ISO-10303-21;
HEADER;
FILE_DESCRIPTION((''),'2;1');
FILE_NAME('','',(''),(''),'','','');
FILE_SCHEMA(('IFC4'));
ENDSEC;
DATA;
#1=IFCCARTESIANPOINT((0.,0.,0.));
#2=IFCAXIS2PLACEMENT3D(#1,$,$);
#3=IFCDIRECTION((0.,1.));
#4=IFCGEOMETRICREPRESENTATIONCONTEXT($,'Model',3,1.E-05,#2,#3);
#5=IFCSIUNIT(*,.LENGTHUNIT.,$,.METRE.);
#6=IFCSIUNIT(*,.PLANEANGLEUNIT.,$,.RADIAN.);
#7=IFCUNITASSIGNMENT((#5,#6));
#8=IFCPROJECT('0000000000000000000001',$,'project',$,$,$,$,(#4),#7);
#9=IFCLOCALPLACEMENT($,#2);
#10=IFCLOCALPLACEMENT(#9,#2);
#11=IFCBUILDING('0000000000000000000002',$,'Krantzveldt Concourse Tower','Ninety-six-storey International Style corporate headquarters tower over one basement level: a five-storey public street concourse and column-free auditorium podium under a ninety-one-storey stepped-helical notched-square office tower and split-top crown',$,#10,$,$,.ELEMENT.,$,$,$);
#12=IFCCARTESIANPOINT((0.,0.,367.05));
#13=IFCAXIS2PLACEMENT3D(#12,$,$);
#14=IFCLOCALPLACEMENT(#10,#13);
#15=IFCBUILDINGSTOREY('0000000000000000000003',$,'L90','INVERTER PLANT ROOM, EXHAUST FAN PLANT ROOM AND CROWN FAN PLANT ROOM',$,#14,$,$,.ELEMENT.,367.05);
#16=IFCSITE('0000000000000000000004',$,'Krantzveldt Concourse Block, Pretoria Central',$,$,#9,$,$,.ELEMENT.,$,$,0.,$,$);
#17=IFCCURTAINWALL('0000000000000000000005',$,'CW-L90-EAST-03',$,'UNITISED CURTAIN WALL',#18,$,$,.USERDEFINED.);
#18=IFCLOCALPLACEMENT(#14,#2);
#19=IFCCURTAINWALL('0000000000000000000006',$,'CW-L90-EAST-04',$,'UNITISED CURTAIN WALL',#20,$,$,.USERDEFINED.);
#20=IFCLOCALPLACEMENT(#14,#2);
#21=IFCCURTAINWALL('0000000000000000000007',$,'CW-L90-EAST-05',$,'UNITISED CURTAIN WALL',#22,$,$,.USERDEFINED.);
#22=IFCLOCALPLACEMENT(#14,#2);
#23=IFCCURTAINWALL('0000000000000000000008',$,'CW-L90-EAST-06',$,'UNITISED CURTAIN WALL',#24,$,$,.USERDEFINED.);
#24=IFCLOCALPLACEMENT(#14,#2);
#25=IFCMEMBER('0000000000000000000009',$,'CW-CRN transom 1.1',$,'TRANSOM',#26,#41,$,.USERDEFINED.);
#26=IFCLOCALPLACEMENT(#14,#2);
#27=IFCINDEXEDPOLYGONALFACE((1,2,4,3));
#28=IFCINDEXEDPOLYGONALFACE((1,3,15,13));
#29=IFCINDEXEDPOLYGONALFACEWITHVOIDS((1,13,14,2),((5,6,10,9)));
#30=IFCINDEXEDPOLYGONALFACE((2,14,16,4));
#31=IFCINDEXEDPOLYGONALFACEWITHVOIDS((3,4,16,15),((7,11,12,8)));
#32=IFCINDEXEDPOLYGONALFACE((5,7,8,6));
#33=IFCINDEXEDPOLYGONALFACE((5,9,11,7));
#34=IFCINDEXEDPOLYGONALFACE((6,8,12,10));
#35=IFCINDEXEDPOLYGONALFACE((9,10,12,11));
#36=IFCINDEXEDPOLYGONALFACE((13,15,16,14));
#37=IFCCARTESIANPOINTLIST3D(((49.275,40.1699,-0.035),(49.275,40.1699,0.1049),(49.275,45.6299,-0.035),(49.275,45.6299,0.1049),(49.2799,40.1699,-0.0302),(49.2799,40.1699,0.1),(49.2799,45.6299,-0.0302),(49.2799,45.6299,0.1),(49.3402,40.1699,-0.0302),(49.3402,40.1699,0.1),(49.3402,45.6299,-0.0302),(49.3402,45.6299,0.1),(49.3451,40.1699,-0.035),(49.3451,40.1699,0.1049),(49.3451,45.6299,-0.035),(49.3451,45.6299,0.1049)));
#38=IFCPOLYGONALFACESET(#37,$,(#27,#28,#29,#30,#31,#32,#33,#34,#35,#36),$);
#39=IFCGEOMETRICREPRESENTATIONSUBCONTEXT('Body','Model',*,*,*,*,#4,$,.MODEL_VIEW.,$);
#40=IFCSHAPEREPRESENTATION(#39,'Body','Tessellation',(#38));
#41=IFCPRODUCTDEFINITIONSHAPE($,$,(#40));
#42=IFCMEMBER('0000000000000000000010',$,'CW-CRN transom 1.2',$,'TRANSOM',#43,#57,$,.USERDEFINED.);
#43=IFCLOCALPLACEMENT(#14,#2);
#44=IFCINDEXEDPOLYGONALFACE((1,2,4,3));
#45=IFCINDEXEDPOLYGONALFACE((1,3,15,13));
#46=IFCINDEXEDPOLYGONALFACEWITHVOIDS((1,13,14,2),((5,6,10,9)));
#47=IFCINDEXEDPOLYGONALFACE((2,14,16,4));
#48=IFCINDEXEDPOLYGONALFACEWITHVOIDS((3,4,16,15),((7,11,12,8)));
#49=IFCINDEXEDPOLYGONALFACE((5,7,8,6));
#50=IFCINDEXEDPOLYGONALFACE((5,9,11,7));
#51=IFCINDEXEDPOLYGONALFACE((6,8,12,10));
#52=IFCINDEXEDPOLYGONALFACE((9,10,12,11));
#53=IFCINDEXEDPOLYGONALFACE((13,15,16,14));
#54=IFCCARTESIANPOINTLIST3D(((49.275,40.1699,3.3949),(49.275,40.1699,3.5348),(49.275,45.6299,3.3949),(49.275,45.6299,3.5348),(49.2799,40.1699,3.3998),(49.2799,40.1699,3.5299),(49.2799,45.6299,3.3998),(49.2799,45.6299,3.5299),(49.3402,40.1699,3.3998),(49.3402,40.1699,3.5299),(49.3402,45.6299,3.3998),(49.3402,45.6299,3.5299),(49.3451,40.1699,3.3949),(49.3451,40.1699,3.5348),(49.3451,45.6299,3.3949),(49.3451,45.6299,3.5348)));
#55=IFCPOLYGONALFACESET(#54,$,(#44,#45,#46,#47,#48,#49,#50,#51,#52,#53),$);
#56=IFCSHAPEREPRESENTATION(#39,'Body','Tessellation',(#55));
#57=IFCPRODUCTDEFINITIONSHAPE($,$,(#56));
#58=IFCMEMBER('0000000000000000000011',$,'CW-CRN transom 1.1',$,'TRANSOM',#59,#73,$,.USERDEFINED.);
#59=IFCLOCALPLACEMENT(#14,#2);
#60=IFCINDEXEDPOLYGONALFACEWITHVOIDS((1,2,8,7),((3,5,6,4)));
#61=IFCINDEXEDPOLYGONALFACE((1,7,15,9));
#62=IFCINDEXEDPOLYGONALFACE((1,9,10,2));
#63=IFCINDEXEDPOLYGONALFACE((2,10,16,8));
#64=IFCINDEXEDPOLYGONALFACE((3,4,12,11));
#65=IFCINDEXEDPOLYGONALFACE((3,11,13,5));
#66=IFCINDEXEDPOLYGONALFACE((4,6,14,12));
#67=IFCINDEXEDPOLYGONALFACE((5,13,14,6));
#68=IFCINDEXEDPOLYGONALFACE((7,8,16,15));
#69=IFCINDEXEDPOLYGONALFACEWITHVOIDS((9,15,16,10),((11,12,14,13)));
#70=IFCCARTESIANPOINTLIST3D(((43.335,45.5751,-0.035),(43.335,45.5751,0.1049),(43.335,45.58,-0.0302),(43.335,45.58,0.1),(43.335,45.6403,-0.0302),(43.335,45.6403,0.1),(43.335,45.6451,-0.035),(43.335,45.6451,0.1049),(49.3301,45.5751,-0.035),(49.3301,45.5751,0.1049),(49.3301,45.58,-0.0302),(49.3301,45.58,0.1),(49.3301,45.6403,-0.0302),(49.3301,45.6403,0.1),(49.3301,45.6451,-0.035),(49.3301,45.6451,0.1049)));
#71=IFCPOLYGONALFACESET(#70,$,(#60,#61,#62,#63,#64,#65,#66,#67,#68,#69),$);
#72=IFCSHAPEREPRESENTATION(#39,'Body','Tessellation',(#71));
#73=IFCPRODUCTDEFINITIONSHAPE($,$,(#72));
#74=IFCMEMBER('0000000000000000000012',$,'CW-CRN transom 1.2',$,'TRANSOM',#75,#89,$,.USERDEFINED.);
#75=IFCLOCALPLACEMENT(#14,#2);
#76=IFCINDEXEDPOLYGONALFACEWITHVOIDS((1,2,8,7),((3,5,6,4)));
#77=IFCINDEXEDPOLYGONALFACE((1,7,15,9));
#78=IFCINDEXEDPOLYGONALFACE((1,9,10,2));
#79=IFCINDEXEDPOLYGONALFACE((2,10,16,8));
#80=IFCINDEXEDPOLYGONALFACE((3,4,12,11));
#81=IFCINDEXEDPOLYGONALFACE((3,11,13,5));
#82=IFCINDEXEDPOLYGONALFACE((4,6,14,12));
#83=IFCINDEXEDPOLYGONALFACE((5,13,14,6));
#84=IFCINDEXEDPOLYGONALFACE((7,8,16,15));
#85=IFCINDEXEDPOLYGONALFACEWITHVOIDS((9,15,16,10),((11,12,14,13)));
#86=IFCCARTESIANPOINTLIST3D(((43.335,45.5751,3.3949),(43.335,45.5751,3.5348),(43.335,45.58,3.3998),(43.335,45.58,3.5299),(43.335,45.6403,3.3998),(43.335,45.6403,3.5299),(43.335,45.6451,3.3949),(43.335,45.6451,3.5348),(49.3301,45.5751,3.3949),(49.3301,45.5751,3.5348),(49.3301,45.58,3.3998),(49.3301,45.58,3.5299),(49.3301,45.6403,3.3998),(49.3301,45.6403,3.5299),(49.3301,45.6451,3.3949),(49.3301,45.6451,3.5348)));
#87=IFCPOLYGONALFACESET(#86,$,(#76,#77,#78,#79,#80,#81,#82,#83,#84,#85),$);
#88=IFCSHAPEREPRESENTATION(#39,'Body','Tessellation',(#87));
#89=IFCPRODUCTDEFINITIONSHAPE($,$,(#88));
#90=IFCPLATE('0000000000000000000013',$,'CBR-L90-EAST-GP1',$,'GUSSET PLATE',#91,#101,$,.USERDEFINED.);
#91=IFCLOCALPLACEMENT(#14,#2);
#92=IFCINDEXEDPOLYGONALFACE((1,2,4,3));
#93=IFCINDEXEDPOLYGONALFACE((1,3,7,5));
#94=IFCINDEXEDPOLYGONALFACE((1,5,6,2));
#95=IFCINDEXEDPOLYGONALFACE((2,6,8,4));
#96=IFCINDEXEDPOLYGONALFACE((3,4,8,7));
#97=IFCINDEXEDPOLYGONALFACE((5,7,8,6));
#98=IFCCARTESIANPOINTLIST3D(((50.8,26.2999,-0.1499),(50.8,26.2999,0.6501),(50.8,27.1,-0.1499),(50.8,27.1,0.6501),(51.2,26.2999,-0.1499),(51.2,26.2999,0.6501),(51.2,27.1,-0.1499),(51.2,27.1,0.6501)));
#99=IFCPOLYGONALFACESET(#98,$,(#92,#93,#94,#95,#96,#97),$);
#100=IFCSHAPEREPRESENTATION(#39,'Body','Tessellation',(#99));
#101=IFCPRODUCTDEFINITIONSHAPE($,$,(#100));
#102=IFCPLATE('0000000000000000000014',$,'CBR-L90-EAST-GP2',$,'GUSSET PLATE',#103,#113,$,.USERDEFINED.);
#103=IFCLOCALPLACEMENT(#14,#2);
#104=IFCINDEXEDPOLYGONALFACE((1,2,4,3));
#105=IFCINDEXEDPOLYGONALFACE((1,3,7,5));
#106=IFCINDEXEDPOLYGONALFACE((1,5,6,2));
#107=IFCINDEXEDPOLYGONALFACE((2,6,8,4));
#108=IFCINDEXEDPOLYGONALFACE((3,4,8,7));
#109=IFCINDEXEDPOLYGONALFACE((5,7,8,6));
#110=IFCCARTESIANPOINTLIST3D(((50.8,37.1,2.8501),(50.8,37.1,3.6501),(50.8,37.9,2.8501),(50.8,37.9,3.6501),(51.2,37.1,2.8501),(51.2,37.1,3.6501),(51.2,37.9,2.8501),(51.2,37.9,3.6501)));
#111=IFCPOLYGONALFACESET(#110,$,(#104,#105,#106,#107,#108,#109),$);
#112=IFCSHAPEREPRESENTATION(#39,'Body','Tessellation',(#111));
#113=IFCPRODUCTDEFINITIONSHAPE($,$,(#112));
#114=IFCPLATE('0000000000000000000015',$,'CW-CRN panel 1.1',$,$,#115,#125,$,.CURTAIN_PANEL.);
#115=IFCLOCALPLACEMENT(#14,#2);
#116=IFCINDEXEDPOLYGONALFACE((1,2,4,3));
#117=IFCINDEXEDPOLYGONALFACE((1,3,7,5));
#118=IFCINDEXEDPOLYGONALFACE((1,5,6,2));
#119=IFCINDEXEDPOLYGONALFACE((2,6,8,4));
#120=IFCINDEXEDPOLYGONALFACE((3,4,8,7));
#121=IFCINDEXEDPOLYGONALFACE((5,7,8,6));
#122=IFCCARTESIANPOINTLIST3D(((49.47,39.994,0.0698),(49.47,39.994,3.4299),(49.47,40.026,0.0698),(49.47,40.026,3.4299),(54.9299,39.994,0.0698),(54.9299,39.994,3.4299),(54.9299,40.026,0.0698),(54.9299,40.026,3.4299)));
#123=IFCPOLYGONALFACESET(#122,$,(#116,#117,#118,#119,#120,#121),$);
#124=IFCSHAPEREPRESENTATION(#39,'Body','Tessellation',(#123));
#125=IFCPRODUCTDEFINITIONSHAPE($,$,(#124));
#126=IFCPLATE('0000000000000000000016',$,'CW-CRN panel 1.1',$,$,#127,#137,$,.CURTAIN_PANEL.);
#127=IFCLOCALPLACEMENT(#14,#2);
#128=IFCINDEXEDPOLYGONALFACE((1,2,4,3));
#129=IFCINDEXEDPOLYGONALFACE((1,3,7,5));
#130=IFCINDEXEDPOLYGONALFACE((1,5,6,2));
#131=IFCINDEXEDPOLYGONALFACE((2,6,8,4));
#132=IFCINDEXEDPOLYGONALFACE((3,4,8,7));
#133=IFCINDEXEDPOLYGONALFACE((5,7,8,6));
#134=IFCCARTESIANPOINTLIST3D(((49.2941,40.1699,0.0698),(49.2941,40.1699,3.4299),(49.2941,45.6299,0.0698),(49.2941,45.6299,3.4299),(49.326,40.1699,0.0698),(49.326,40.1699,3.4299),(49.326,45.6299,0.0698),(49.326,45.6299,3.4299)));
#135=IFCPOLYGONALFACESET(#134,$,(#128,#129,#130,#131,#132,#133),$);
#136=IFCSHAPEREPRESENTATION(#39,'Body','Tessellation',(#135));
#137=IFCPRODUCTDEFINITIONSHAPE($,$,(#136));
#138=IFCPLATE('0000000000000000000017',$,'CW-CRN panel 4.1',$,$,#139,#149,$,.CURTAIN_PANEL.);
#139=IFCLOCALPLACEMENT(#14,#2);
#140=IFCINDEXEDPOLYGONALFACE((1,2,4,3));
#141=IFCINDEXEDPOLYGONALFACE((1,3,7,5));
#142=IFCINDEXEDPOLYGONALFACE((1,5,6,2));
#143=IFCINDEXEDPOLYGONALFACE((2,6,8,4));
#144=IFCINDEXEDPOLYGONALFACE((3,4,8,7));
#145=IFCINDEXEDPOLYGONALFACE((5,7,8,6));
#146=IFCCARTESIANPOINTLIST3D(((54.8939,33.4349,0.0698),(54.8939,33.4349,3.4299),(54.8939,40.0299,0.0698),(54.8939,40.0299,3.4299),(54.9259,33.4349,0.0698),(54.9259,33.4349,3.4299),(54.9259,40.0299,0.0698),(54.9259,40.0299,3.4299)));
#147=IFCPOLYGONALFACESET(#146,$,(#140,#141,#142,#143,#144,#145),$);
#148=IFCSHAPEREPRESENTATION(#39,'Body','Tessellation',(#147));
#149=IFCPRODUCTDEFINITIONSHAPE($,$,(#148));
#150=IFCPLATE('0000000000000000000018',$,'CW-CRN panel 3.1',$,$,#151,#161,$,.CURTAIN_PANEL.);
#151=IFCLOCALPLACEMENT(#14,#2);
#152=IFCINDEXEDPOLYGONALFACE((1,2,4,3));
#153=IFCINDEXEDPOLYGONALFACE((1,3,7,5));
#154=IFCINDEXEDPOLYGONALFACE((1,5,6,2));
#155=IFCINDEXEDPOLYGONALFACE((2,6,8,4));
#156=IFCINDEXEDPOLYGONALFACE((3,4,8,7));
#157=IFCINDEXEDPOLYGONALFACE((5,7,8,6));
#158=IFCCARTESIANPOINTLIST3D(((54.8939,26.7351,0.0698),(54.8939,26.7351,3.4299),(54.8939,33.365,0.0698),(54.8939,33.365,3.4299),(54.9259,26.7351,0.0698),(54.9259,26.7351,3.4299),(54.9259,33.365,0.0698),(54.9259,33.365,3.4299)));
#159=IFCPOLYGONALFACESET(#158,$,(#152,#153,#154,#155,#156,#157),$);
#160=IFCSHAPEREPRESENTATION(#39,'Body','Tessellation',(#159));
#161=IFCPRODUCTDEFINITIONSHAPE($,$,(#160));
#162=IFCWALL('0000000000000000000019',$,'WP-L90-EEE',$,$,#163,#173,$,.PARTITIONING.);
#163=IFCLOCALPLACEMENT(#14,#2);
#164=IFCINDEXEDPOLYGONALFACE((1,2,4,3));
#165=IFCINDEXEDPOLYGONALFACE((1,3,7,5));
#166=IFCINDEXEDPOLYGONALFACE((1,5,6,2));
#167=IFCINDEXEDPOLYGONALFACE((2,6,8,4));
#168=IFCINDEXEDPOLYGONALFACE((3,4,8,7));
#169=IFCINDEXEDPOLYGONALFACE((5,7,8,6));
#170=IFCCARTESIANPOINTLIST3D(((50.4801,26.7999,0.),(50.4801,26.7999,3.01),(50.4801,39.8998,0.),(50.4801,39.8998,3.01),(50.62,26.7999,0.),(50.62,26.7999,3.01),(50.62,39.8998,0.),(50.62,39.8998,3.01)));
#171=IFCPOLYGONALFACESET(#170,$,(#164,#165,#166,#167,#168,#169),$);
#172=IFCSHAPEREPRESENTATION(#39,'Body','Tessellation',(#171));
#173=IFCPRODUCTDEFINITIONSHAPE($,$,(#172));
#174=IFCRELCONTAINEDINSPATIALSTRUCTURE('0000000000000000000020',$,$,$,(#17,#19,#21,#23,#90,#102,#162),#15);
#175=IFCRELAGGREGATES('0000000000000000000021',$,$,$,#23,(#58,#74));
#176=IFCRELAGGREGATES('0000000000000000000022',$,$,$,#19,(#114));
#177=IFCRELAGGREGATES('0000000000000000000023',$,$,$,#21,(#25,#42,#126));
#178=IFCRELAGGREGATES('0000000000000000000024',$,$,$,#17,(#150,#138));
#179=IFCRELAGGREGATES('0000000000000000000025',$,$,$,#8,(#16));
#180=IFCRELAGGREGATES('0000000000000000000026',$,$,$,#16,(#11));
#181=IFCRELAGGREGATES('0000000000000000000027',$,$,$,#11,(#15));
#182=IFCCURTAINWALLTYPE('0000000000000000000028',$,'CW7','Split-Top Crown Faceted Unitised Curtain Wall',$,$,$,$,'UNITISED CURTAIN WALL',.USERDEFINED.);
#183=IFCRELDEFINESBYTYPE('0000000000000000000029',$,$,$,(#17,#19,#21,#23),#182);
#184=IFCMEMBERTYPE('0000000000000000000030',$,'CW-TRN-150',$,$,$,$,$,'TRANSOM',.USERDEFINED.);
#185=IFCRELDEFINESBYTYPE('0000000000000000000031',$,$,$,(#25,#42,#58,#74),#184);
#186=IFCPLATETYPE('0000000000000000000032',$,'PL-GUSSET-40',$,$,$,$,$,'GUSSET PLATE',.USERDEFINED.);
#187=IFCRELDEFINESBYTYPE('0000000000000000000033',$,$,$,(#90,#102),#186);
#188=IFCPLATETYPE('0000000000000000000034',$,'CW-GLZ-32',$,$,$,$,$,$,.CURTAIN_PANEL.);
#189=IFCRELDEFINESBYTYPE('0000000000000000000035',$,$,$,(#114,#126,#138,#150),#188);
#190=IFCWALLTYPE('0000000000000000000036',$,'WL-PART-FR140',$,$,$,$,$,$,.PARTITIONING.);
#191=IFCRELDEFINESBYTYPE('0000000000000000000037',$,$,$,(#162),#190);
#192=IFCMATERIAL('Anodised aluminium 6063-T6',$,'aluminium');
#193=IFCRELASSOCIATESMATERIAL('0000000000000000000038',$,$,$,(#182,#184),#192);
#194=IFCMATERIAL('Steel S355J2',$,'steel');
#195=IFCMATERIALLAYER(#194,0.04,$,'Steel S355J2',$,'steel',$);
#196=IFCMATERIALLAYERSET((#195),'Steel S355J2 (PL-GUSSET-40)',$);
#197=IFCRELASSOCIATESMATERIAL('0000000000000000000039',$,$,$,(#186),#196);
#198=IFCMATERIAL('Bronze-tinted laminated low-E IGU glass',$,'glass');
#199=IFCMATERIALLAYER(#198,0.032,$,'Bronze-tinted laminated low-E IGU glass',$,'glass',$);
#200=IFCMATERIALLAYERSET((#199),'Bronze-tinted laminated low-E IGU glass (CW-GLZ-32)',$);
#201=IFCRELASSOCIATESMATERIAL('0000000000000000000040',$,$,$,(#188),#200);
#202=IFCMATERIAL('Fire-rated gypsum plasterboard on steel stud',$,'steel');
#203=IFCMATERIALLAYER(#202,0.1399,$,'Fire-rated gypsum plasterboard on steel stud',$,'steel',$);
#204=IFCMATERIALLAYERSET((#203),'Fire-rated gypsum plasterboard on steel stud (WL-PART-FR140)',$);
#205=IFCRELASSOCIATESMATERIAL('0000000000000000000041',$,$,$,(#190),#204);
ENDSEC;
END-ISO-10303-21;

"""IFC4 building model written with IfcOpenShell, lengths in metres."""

from ifc_helpers import new_model, si_unit, direction, frame, frame_2d, origin, origin_2d, place, context, subcontext, project, spatial, rectangle, hollow_rectangle, extrude, source, transform, mapped, material, layer, layer_set, material_profile, profile_set, type_object, type_shapes, element, aggregate, save


model = new_model("IFC4")

# Units and contexts
model_context = context("Model", 3, precision=1e-05, world=origin(), true_north=direction((0.0, 1.0)))
body_context = subcontext(model_context, "Body", "Model", "MODEL_VIEW")
ifc_project = project(units=[si_unit("LENGTHUNIT", "METRE"), si_unit("PLANEANGLEUNIT", "RADIAN")], contexts=[model_context])

# Site, building, storey
site_placement = place(None, origin())
site = spatial("IfcSite", under=ifc_project, at=site_placement, Name="Krantzveldt Concourse Block, Pretoria Central", CompositionType="ELEMENT", RefElevation=0.0)
building_placement = place(site_placement, origin())
building = spatial("IfcBuilding", under=site, at=building_placement, Name="Krantzveldt Concourse Tower", Description="Ninety-six-storey International Style corporate headquarters tower over one basement level: a five-storey public street concourse and column-free auditorium podium under a ninety-one-storey stepped-helical notched-square office tower and split-top crown", CompositionType="ELEMENT")
storey_placement = place(building_placement, frame((0.0, 0.0, 367.05)))
storey = spatial("IfcBuildingStorey", under=building, at=storey_placement, Name="L90", Description="INVERTER PLANT ROOM, EXHAUST FAN PLANT ROOM AND CROWN FAN PLANT ROOM", CompositionType="ELEMENT", Elevation=367.05)

# Shared definitions
ifc_material_1 = material(Name="Steel S355J2", Category="steel")

# Curtain walls
ifc_material_2 = material(Name="Anodised aluminium 6063-T6", Category="aluminium")
curtain_wall_type = type_object("IfcCurtainWallType", Name="CW7", Description="Split-Top Crown Faceted Unitised Curtain Wall", ElementType="UNITISED CURTAIN WALL", PredefinedType="USERDEFINED", material=ifc_material_2)
curtain_wall_1_placement = place(storey_placement, origin())
curtain_wall_1 = element("IfcCurtainWall", 1, at=curtain_wall_1_placement, inside=storey, type_object=curtain_wall_type, Name="CW-L90-EAST-03", ObjectType="UNITISED CURTAIN WALL", PredefinedType="USERDEFINED")
ifc_material_profile_1 = material_profile(ifc_material_2, hollow_rectangle(XDim=0.0701, YDim=0.1399, WallThickness=0.0049, at=origin_2d()), Name="Anodised aluminium 6063-T6", Category="aluminium")
ifc_profile_set_1 = profile_set([ifc_material_profile_1], Name="Anodised aluminium 6063-T6 - ALU-TRAN 140x70x5")
member_type_1 = type_object("IfcMemberType", Name="CW-TRN-150", ElementType="TRANSOM", PredefinedType="USERDEFINED", material=ifc_profile_set_1)
curtain_wall_2_placement = place(storey_placement, origin())
curtain_wall_2 = element("IfcCurtainWall", 2, at=curtain_wall_2_placement, inside=storey, type_object=curtain_wall_type, Name="CW-L90-EAST-04", ObjectType="UNITISED CURTAIN WALL", PredefinedType="USERDEFINED")
curtain_wall_3_placement = place(storey_placement, origin())
curtain_wall_3 = element("IfcCurtainWall", 3, at=curtain_wall_3_placement, inside=storey, type_object=curtain_wall_type, Name="CW-L90-EAST-05", ObjectType="UNITISED CURTAIN WALL", PredefinedType="USERDEFINED")

# Curtain wall
curtain_wall_4_placement = place(storey_placement, origin())
curtain_wall_4 = element("IfcCurtainWall", 4, at=curtain_wall_4_placement, inside=storey, type_object=curtain_wall_type, Name="CW-L90-EAST-06", ObjectType="UNITISED CURTAIN WALL", PredefinedType="USERDEFINED")

# Members
shared_shape_1 = source(origin(), body_context, "Body", "SweptSolid", [
    extrude(hollow_rectangle(XDim=0.0701, YDim=0.1399, WallThickness=0.0049, at=origin_2d()), origin(), (0.0, 0.0, 1.0), 5.46),
])
member_1_placement = place(storey_placement, frame((49.3101, 40.1699, 0.0349), z_axis=(0.0, 1.0, 0.0), x_axis=(-1.0, 0.0, 0.0)))
member_1 = element("IfcMember", 5, at=member_1_placement, type_object=member_type_1, Name="CW-CRN transom 1.1", ObjectType="TRANSOM", PredefinedType="USERDEFINED", context=body_context, shape_type="MappedRepresentation", body=[
    mapped(shared_shape_1, transform((0.0, 0.0, 0.0), x_axis=(1.0, 0.0, 0.0), y_axis=(0.0, 1.0, 0.0), z_axis=(0.0, 0.0, 1.0), scale=1.0)),
])
member_2_placement = place(storey_placement, frame((49.3101, 40.1699, 3.4648), z_axis=(0.0, 1.0, 0.0), x_axis=(-1.0, 0.0, 0.0)))
member_2 = element("IfcMember", 6, at=member_2_placement, type_object=member_type_1, Name="CW-CRN transom 1.2", ObjectType="TRANSOM", PredefinedType="USERDEFINED", context=body_context, shape_type="MappedRepresentation", body=[
    mapped(shared_shape_1, transform((0.0, 0.0, 0.0), x_axis=(1.0, 0.0, 0.0), y_axis=(0.0, 1.0, 0.0), z_axis=(0.0, 0.0, 1.0), scale=1.0)),
])
shared_shape_2 = source(origin(), body_context, "Body", "SweptSolid", [
    extrude(hollow_rectangle(XDim=0.0701, YDim=0.1399, WallThickness=0.0049, at=origin_2d()), origin(), (0.0, 0.0, 1.0), 5.9951),
])
member_3_placement = place(storey_placement, frame((49.3301, 45.6101, 0.0349), z_axis=(-1.0, 0.0, 0.0), x_axis=(0.0, -1.0, 0.0)))
member_3 = element("IfcMember", 7, at=member_3_placement, type_object=member_type_1, Name="CW-CRN transom 1.1", ObjectType="TRANSOM", PredefinedType="USERDEFINED", context=body_context, shape_type="MappedRepresentation", body=[
    mapped(shared_shape_2, transform((0.0, 0.0, 0.0), x_axis=(1.0, 0.0, 0.0), y_axis=(0.0, 1.0, 0.0), z_axis=(0.0, 0.0, 1.0), scale=1.0)),
])
member_4_placement = place(storey_placement, frame((49.3301, 45.6101, 3.4648), z_axis=(-1.0, 0.0, 0.0), x_axis=(0.0, -1.0, 0.0)))
member_4 = element("IfcMember", 8, at=member_4_placement, type_object=member_type_1, Name="CW-CRN transom 1.2", ObjectType="TRANSOM", PredefinedType="USERDEFINED", context=body_context, shape_type="MappedRepresentation", body=[
    mapped(shared_shape_2, transform((0.0, 0.0, 0.0), x_axis=(1.0, 0.0, 0.0), y_axis=(0.0, 1.0, 0.0), z_axis=(0.0, 0.0, 1.0), scale=1.0)),
])
aggregate(curtain_wall_4, [member_3, member_4])

# Plates
ifc_layer_1 = layer(ifc_material_1, 0.04, Name="Steel S355J2", Category="steel")
ifc_layer_set_1 = layer_set([ifc_layer_1], Name="Steel S355J2 (PL-GUSSET-40)")
plate_type_1 = type_object("IfcPlateType", Name="PL-GUSSET-40", ElementType="GUSSET PLATE", PredefinedType="USERDEFINED", material=ifc_layer_set_1)
shared_shape_3 = source(origin(), body_context, "Body", "SweptSolid", [
    extrude(rectangle(XDim=0.3999, YDim=0.8, at=origin_2d()), origin(), (0.0, 0.0, 1.0), 0.8),
])
type_shapes(plate_type_1, [shared_shape_3])
for number, where, z_axis, x_axis, name in (
    (9, (51.0, 26.7, -0.1499), (0.0, 0.0, 1.0), (1.0, 0.0, 0.0), "CBR-L90-EAST-GP1"),
    (10, (51.0, 37.5, 2.8501), (0.0, 0.0, 1.0), (1.0, 0.0, 0.0), "CBR-L90-EAST-GP2"),
):
    element("IfcPlate", number, at=place(storey_placement, frame(where, z_axis=z_axis, x_axis=x_axis)), inside=storey, type_object=plate_type_1, Name=name, ObjectType="GUSSET PLATE", PredefinedType="USERDEFINED", context=body_context, shape_type="MappedRepresentation", body=[
        mapped(shared_shape_3, transform((0.0, 0.0, 0.0), x_axis=(1.0, 0.0, 0.0), y_axis=(0.0, 1.0, 0.0), z_axis=(0.0, 0.0, 1.0), scale=1.0)),
    ])

# Plates
ifc_material_3 = material(Name="Bronze-tinted laminated low-E IGU glass", Category="glass")
ifc_layer_2 = layer(ifc_material_3, 0.032, Name="Bronze-tinted laminated low-E IGU glass", Category="glass")
ifc_layer_set_2 = layer_set([ifc_layer_2], Name="Bronze-tinted laminated low-E IGU glass (CW-GLZ-32)")
plate_type_2 = type_object("IfcPlateType", Name="CW-GLZ-32", PredefinedType="CURTAIN_PANEL", material=ifc_layer_set_2)
shared_shape_4 = source(origin(), body_context, "Body", "SweptSolid", [
    extrude(rectangle(XDim=5.46, YDim=0.032, at=origin_2d()), origin(), (0.0, 0.0, 1.0), 3.3601),
])
plate_1_placement = place(storey_placement, frame((52.2, 40.01, 0.0698), z_axis=(0.0, 0.0, 1.0), x_axis=(-1.0, 0.0, 0.0)))
plate_1 = element("IfcPlate", 11, at=plate_1_placement, type_object=plate_type_2, Name="CW-CRN panel 1.1", PredefinedType="CURTAIN_PANEL", context=body_context, shape_type="MappedRepresentation", body=[
    mapped(shared_shape_4, transform((0.0, 0.0, 0.0), x_axis=(1.0, 0.0, 0.0), y_axis=(0.0, 1.0, 0.0), z_axis=(0.0, 0.0, 1.0), scale=1.0)),
])
aggregate(curtain_wall_2, [plate_1])
plate_2_placement = place(storey_placement, frame((49.3101, 42.8999, 0.0698), z_axis=(0.0, 0.0, 1.0), x_axis=(0.0, 1.0, 0.0)))
plate_2 = element("IfcPlate", 12, at=plate_2_placement, type_object=plate_type_2, Name="CW-CRN panel 1.1", PredefinedType="CURTAIN_PANEL", context=body_context, shape_type="MappedRepresentation", body=[
    mapped(shared_shape_4, transform((0.0, 0.0, 0.0), x_axis=(1.0, 0.0, 0.0), y_axis=(0.0, 1.0, 0.0), z_axis=(0.0, 0.0, 1.0), scale=1.0)),
])
aggregate(curtain_wall_3, [member_1, member_2, plate_2])
shared_shape_5 = source(origin(), body_context, "Body", "SweptSolid", [
    extrude(rectangle(XDim=6.595, YDim=0.032, at=origin_2d()), origin(), (0.0, 0.0, 1.0), 3.3601),
])
plate_3_placement = place(storey_placement, frame((54.9099, 36.7324, 0.0698), z_axis=(0.0, 0.0, 1.0), x_axis=(0.0, 1.0, 0.0)))
plate_3 = element("IfcPlate", 13, at=plate_3_placement, type_object=plate_type_2, Name="CW-CRN panel 4.1", PredefinedType="CURTAIN_PANEL", context=body_context, shape_type="MappedRepresentation", body=[
    mapped(shared_shape_5, transform((0.0, 0.0, 0.0), x_axis=(1.0, 0.0, 0.0), y_axis=(0.0, 1.0, 0.0), z_axis=(0.0, 0.0, 1.0), scale=1.0)),
])
shared_shape_6 = source(origin(), body_context, "Body", "SweptSolid", [
    extrude(rectangle(XDim=6.6299, YDim=0.032, at=origin_2d()), origin(), (0.0, 0.0, 1.0), 3.3601),
])
type_shapes(plate_type_2, [shared_shape_4, shared_shape_5, shared_shape_6])
plate_4_placement = place(storey_placement, frame((54.9099, 30.05, 0.0698), z_axis=(0.0, 0.0, 1.0), x_axis=(0.0, 1.0, 0.0)))
plate_4 = element("IfcPlate", 14, at=plate_4_placement, type_object=plate_type_2, Name="CW-CRN panel 3.1", PredefinedType="CURTAIN_PANEL", context=body_context, shape_type="MappedRepresentation", body=[
    mapped(shared_shape_6, transform((0.0, 0.0, 0.0), x_axis=(1.0, 0.0, 0.0), y_axis=(0.0, 1.0, 0.0), z_axis=(0.0, 0.0, 1.0), scale=1.0)),
])
aggregate(curtain_wall_1, [plate_4, plate_3])

# Wall
ifc_material_4 = material(Name="Fire-rated gypsum plasterboard on steel stud", Category="steel")
ifc_layer_3 = layer(ifc_material_4, 0.1399, Name="Fire-rated gypsum plasterboard on steel stud", Category="steel")
ifc_layer_set_3 = layer_set([ifc_layer_3], Name="Fire-rated gypsum plasterboard on steel stud (WL-PART-FR140)")
wall_type = type_object("IfcWallType", Name="WL-PART-FR140", PredefinedType="PARTITIONING", material=ifc_layer_set_3)
wall_placement = place(storey_placement, frame((50.55, 26.8, 0.0), z_axis=(0.0, 0.0, 1.0), x_axis=(0.0, 1.0, 0.0)))
element("IfcWall", 15, at=wall_placement, inside=storey, type_object=wall_type, Name="WP-L90-EEE", PredefinedType="PARTITIONING", context=body_context, shape_type="SweptSolid", body=[
    extrude(rectangle(XDim=13.0999, YDim=0.1399, at=frame_2d((6.5498, 0.0))), origin(), (0.0, 0.0, 1.0), 3.01),
])

save(model, "model.ifc")
